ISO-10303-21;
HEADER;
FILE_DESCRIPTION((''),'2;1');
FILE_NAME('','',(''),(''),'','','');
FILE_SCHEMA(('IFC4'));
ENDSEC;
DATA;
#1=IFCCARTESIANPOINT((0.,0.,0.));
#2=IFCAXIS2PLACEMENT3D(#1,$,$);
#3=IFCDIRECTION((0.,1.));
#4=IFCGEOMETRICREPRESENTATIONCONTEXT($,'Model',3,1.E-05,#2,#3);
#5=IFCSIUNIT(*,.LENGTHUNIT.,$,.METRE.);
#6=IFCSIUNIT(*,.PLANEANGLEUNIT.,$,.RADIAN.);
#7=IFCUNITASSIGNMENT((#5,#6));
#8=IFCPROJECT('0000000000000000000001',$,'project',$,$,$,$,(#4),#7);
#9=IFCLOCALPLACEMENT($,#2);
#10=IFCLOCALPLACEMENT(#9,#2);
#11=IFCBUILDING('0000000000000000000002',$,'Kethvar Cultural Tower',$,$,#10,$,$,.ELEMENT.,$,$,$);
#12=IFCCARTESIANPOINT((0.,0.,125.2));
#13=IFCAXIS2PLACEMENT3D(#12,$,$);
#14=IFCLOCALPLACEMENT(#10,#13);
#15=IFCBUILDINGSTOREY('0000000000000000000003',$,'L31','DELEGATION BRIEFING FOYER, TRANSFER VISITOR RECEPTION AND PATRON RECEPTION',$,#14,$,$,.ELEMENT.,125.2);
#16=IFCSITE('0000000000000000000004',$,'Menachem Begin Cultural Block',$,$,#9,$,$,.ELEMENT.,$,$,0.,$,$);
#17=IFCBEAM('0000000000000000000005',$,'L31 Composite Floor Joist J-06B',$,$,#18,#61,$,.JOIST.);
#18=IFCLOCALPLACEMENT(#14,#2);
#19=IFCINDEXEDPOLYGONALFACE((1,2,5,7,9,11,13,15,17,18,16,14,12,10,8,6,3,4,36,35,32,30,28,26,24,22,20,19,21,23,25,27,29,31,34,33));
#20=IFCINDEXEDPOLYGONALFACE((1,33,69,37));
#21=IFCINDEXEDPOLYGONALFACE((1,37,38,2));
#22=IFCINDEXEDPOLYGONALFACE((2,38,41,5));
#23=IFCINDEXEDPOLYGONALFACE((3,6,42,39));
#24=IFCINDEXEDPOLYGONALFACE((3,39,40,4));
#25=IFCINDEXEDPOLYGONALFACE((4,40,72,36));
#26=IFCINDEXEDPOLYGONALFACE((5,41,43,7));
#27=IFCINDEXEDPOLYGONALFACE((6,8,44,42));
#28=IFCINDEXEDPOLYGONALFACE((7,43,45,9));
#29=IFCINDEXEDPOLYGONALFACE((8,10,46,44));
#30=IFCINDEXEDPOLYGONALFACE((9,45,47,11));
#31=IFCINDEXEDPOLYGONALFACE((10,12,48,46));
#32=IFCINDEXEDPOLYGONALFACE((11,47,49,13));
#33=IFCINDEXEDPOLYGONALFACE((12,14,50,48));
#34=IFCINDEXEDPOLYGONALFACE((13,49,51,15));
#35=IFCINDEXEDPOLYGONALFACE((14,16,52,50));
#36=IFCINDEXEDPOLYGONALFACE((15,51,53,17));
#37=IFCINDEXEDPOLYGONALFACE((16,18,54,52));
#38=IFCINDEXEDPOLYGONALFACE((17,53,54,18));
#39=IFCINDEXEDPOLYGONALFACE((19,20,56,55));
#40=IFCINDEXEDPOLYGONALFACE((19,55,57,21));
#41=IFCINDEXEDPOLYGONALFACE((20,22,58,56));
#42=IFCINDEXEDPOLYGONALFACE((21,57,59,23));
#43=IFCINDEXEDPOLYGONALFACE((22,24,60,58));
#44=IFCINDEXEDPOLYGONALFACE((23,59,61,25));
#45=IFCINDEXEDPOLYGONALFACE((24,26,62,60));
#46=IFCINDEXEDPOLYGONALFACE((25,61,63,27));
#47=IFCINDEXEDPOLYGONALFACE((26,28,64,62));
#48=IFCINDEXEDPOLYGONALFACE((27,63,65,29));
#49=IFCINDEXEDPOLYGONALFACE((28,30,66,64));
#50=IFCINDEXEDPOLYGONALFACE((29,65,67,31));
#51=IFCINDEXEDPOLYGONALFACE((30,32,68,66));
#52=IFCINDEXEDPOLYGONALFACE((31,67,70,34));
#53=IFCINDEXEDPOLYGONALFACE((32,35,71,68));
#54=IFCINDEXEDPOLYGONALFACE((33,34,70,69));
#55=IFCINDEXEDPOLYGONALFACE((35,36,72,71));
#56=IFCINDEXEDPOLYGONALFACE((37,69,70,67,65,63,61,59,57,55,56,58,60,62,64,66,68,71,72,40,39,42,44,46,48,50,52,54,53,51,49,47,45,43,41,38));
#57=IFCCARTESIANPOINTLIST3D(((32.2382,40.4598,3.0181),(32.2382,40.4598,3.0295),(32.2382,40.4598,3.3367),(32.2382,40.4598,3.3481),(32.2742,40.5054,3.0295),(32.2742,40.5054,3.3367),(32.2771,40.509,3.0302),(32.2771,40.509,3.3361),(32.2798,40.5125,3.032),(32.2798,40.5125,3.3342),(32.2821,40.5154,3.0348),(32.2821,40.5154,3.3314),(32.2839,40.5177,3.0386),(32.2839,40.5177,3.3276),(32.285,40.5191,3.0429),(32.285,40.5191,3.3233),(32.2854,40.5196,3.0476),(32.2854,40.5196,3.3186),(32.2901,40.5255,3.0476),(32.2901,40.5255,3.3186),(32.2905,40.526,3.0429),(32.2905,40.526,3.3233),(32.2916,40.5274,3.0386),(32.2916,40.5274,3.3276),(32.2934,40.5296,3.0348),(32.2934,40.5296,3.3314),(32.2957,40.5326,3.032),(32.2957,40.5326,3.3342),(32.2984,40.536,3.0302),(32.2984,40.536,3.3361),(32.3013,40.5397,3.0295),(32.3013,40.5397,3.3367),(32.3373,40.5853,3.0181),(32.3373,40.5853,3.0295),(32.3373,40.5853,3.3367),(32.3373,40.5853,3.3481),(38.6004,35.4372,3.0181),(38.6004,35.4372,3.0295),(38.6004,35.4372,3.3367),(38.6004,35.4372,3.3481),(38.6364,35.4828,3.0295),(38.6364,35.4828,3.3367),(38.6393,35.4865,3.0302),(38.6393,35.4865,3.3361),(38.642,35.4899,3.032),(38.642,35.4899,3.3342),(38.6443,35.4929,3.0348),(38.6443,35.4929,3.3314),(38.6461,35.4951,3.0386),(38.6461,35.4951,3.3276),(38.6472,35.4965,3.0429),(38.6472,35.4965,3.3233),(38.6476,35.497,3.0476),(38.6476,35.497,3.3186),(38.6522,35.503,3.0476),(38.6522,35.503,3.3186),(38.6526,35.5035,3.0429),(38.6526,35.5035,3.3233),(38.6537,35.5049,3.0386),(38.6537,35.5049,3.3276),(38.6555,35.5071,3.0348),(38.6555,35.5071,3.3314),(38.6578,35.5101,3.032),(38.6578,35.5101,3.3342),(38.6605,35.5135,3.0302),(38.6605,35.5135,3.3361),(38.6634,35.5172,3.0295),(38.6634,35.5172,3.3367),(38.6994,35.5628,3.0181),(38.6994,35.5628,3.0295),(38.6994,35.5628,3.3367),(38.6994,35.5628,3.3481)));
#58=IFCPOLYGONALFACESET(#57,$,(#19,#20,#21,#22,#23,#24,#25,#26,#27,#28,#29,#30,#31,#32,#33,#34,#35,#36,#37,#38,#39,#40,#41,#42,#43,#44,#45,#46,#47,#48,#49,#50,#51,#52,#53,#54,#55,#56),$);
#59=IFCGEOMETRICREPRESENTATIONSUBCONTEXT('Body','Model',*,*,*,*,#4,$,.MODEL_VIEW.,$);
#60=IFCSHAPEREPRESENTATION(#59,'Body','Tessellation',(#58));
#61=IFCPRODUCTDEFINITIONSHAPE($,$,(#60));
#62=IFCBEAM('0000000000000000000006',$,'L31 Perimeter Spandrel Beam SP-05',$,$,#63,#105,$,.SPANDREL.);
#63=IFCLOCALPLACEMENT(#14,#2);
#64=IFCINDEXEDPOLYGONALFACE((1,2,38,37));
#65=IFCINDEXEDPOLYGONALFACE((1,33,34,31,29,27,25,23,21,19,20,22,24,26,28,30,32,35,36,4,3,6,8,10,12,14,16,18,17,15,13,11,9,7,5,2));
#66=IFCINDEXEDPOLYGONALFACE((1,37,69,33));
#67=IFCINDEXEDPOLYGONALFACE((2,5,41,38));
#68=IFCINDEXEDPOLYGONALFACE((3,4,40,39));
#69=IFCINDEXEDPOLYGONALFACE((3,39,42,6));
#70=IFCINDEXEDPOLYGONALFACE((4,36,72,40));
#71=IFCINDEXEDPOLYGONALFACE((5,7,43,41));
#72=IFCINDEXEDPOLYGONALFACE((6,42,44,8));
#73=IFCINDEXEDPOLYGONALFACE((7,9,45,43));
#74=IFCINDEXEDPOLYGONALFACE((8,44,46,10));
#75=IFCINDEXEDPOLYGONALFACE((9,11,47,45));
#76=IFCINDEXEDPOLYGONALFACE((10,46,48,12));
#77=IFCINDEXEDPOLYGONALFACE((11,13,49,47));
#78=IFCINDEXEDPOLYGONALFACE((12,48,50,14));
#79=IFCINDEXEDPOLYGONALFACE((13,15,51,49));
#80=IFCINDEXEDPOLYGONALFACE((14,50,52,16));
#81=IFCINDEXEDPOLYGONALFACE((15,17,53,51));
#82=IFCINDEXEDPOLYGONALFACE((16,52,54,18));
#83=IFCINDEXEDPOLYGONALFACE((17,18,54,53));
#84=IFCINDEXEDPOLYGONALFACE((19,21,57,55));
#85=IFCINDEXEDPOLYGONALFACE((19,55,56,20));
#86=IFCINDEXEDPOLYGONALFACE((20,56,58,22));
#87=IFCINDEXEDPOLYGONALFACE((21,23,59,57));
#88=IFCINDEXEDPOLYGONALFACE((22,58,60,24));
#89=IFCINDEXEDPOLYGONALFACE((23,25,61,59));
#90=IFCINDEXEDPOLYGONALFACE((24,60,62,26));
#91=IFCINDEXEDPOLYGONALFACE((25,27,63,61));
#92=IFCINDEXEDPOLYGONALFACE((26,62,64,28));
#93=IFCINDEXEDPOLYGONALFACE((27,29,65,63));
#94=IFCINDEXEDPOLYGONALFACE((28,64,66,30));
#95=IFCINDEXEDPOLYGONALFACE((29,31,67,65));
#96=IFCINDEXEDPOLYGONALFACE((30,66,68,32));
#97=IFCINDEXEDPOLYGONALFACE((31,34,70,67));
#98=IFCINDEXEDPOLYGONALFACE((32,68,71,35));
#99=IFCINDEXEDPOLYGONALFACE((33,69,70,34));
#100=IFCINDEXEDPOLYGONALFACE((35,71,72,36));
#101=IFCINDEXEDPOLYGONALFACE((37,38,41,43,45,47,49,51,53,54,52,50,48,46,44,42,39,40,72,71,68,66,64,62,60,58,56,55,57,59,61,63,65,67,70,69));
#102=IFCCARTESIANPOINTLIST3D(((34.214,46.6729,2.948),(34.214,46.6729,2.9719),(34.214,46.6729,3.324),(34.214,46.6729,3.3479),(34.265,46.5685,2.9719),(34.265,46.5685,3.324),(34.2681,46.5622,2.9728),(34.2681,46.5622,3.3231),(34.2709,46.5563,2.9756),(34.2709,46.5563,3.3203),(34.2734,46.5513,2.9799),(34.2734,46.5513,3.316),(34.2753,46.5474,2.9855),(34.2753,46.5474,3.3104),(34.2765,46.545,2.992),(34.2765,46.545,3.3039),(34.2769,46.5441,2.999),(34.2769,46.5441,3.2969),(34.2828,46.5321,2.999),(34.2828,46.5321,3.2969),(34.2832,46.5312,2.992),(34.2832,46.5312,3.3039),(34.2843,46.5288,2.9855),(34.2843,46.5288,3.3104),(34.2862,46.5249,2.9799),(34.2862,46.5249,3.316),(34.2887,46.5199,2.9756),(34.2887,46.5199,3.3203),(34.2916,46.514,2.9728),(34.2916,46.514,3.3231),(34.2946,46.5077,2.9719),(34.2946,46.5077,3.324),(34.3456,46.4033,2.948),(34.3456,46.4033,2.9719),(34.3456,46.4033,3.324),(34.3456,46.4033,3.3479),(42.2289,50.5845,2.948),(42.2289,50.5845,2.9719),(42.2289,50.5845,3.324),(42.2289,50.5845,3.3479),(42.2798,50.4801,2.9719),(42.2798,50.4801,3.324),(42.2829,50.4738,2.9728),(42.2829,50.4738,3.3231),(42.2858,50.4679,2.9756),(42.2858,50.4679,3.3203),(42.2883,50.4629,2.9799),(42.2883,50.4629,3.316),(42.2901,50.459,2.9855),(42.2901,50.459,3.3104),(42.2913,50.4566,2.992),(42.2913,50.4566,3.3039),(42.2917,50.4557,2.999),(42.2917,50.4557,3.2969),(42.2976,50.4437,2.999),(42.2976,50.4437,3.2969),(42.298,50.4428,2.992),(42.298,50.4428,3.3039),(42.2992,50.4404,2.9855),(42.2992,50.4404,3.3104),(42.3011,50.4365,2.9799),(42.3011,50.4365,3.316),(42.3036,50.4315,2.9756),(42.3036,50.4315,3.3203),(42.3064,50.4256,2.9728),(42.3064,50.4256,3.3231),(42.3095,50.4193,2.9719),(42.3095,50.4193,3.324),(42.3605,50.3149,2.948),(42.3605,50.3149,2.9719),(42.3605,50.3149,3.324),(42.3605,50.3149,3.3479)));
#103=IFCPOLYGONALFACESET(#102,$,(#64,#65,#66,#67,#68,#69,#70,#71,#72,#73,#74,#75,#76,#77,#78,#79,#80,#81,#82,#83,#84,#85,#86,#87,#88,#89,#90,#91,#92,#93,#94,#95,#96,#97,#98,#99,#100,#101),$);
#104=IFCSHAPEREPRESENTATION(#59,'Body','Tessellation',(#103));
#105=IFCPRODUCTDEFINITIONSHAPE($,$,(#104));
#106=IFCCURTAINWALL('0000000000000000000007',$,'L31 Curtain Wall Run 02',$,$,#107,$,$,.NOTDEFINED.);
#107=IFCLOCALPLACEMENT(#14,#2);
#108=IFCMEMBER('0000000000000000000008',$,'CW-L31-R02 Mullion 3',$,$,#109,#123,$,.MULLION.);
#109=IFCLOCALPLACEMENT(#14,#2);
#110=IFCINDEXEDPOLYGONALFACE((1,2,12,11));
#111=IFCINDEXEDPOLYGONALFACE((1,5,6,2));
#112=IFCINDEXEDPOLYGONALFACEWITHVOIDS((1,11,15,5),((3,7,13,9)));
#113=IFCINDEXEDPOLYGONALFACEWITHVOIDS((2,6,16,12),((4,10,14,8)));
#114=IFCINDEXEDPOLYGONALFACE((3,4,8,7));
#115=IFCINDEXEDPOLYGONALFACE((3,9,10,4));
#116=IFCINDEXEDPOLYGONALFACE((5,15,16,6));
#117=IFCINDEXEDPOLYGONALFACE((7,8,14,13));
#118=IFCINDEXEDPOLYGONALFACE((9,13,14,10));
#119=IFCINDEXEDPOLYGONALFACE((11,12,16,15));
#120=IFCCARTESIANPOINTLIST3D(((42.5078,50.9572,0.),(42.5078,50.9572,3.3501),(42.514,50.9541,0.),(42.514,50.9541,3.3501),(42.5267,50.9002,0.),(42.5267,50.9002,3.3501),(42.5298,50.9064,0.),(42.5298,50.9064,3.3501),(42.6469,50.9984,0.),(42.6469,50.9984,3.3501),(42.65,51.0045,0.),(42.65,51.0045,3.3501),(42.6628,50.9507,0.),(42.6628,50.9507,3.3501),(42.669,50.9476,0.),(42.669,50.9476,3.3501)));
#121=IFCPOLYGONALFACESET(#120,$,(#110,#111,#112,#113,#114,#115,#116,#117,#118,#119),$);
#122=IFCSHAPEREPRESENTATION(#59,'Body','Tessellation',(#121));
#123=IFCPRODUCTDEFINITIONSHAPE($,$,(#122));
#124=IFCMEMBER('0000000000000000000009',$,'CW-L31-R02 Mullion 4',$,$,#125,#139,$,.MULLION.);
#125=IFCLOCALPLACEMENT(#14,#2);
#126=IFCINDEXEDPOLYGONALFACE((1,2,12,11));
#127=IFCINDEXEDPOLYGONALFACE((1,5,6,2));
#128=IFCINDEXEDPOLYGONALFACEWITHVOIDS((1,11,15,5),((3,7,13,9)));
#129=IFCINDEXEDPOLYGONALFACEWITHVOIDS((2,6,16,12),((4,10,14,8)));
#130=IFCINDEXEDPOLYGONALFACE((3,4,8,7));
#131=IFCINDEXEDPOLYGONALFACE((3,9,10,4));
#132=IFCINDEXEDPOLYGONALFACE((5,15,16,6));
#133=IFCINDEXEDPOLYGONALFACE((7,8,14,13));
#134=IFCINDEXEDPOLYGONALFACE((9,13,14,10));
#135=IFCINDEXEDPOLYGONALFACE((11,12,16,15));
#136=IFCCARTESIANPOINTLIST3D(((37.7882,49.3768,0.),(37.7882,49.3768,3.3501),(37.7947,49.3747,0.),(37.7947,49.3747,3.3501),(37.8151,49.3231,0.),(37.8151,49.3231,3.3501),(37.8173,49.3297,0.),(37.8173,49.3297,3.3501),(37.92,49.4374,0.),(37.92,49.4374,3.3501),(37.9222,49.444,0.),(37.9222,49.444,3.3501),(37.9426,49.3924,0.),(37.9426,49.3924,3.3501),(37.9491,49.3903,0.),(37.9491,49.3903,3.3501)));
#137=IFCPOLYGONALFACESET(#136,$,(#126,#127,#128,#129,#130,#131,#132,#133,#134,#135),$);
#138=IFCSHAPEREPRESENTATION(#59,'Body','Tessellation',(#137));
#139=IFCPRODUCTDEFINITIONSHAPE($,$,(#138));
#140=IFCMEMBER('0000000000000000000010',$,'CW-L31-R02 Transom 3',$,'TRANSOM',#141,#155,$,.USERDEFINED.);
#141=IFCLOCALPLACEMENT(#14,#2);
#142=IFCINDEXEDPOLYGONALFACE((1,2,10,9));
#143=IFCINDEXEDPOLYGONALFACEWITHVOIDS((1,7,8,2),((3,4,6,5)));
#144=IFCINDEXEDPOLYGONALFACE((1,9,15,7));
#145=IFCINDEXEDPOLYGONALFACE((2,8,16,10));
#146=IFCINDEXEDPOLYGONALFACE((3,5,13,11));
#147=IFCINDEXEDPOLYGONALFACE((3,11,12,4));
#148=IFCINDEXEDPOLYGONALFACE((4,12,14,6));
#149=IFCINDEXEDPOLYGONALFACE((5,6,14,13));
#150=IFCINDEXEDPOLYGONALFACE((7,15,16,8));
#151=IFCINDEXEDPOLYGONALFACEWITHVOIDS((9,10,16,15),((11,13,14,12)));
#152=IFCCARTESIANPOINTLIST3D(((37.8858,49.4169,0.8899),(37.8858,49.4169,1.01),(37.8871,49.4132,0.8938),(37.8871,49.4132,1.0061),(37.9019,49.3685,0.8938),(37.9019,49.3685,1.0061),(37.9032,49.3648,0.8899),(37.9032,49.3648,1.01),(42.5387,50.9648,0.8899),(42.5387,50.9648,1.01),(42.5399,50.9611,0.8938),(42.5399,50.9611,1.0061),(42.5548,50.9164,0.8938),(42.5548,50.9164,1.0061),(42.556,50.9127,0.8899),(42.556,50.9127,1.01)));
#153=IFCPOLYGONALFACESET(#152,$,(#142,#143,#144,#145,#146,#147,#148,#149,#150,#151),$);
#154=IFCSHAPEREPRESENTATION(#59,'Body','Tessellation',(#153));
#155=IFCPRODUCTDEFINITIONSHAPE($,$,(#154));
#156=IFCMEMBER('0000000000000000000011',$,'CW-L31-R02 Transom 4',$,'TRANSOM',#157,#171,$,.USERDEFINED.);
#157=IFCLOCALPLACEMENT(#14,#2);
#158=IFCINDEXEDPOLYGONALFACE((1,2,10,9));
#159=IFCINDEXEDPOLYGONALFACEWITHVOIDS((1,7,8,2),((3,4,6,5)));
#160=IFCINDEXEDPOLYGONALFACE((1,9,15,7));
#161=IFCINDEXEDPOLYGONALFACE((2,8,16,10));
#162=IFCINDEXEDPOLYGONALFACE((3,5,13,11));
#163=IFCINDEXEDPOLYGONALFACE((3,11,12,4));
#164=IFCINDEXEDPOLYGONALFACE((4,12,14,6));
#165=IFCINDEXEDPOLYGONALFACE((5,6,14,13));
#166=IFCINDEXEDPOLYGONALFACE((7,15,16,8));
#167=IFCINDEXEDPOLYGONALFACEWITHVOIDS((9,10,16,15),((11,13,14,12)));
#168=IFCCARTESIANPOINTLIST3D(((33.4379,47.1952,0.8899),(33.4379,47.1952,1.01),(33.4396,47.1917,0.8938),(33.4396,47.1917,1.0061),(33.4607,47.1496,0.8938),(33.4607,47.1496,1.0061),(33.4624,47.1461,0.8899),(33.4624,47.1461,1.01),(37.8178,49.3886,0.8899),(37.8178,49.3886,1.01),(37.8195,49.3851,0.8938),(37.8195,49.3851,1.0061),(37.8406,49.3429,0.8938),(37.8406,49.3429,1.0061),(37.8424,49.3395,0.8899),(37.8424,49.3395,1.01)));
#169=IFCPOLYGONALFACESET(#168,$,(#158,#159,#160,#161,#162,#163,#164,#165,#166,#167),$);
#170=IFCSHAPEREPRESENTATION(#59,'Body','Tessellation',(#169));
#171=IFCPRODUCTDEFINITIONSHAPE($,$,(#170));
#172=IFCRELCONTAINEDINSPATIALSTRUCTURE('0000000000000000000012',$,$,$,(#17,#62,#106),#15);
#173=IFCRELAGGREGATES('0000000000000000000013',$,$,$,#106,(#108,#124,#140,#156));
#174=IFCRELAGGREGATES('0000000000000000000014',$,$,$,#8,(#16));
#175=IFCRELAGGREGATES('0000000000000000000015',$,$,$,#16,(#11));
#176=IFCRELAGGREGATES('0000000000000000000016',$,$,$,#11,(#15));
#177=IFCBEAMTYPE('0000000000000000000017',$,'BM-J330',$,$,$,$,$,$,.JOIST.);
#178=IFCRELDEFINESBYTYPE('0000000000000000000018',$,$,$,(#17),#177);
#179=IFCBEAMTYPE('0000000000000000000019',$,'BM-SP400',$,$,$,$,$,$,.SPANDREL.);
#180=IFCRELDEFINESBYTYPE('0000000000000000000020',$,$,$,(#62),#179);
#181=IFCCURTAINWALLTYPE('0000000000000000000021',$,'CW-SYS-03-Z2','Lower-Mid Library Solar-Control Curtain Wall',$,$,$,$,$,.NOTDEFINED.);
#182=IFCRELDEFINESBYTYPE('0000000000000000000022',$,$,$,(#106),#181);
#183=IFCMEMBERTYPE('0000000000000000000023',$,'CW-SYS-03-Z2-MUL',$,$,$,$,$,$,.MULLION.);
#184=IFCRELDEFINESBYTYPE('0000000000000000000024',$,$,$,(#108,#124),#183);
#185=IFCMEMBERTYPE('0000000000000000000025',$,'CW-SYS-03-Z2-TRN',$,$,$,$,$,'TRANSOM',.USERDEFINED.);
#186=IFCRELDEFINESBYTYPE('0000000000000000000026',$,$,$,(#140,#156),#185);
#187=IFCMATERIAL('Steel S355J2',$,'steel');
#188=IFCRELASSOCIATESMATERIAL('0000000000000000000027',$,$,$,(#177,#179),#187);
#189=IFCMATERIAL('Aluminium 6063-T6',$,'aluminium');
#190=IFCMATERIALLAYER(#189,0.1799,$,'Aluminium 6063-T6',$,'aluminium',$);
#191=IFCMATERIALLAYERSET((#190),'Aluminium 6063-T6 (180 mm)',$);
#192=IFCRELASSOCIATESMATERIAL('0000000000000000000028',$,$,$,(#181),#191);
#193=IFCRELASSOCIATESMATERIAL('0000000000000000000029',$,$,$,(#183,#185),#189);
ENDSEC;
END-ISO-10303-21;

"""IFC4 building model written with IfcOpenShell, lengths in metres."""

from ifc_helpers import new_model, si_unit, direction, frame, origin, origin_2d, place, context, subcontext, project, spatial, hollow_rectangle, i_section, extrude, source, transform, mapped, material, layer, layer_set, material_profile, profile_set, type_object, element, aggregate, save


model = new_model("IFC4")

# Units and contexts
model_context = context("Model", 3, precision=1e-05, world=origin(), true_north=direction((0.0, 1.0)))
body_context = subcontext(model_context, "Body", "Model", "MODEL_VIEW")
ifc_project = project(units=[si_unit("LENGTHUNIT", "METRE"), si_unit("PLANEANGLEUNIT", "RADIAN")], contexts=[model_context])

# Site, building, storey
site_placement = place(None, origin())
site = spatial("IfcSite", under=ifc_project, at=site_placement, Name="Menachem Begin Cultural Block", CompositionType="ELEMENT", RefElevation=0.0)
building_placement = place(site_placement, origin())
building = spatial("IfcBuilding", under=site, at=building_placement, Name="Kethvar Cultural Tower", CompositionType="ELEMENT")
storey_placement = place(building_placement, frame((0.0, 0.0, 125.2)))
storey = spatial("IfcBuildingStorey", under=building, at=storey_placement, Name="L31", Description="DELEGATION BRIEFING FOYER, TRANSFER VISITOR RECEPTION AND PATRON RECEPTION", CompositionType="ELEMENT", Elevation=125.2)

# Beams
ifc_material_1 = material(Name="Steel S355J2", Category="steel")
ifc_material_profile_1 = material_profile(ifc_material_1, i_section(OverallWidth=0.1599, OverallDepth=0.3301, WebThickness=0.0076, FlangeThickness=0.0115, FilletRadius=0.0181, at=origin_2d()), Name="Steel S355J2 — IPE330")
ifc_profile_set_1 = profile_set([ifc_material_profile_1], Name="Steel S355J2 — IPE330")
beam_type_1 = type_object("IfcBeamType", Name="BM-J330", PredefinedType="JOIST", material=ifc_profile_set_1)
shared_shape_1 = source(origin(), body_context, "Body", "SweptSolid", [
    extrude(i_section(OverallWidth=0.1599, OverallDepth=0.3301, WebThickness=0.0076, FlangeThickness=0.0115, FilletRadius=0.0181, at=origin_2d()), origin(), (0.0, 0.0, 1.0), 8.1057),
])
beam_1_placement = place(storey_placement, frame((38.6499, 35.5, 3.1831), z_axis=(-0.784896, 0.619628, 0.0), x_axis=(-0.619628, -0.784896, 0.0)))
element("IfcBeam", 1, at=beam_1_placement, inside=storey, type_object=beam_type_1, Name="L31 Composite Floor Joist J-06B", PredefinedType="JOIST", context=body_context, shape_type="MappedRepresentation", body=[
    mapped(shared_shape_1, transform((0.0, 0.0, 0.0), scale=1.0)),
])
ifc_material_profile_2 = material_profile(ifc_material_1, i_section(OverallWidth=0.3, OverallDepth=0.3999, WebThickness=0.0134, FlangeThickness=0.0239, FilletRadius=0.0271, at=origin_2d()), Name="Steel S355J2 — HEB400")
ifc_profile_set_2 = profile_set([ifc_material_profile_2], Name="Steel S355J2 — HEB400")
beam_type_2 = type_object("IfcBeamType", Name="BM-SP400", PredefinedType="SPANDREL", material=ifc_profile_set_2)
shared_shape_2 = source(origin(), body_context, "Body", "SweptSolid", [
    extrude(i_section(OverallWidth=0.3, OverallDepth=0.3999, WebThickness=0.0134, FlangeThickness=0.0239, FilletRadius=0.0271, at=origin_2d()), origin(), (0.0, 0.0, 1.0), 8.9185),
])
beam_2_placement = place(storey_placement, frame((42.2947, 50.4497, 3.1479), z_axis=(-0.898684, -0.438597, 0.0), x_axis=(0.438597, -0.898684, 0.0)))
element("IfcBeam", 2, at=beam_2_placement, inside=storey, type_object=beam_type_2, Name="L31 Perimeter Spandrel Beam SP-05", PredefinedType="SPANDREL", context=body_context, shape_type="MappedRepresentation", body=[
    mapped(shared_shape_2, transform((0.0, 0.0, 0.0), scale=1.0)),
])

# Curtain wall, members
ifc_material_2 = material(Name="Aluminium 6063-T6", Category="aluminium")
ifc_layer_1 = layer(ifc_material_2, 0.1799, Name="Aluminium 6063-T6", Category="aluminium")
ifc_layer_set_1 = layer_set([ifc_layer_1], Name="Aluminium 6063-T6 (180 mm)")
curtain_wall_type = type_object("IfcCurtainWallType", Name="CW-SYS-03-Z2", Description="Lower-Mid Library Solar-Control Curtain Wall", PredefinedType="NOTDEFINED", material=ifc_layer_set_1)
curtain_wall_placement = place(storey_placement, origin())
curtain_wall = element("IfcCurtainWall", 3, at=curtain_wall_placement, inside=storey, type_object=curtain_wall_type, Name="L31 Curtain Wall Run 02", PredefinedType="NOTDEFINED")
ifc_material_profile_3 = material_profile(ifc_material_2, hollow_rectangle(XDim=0.0601, YDim=0.1499, WallThickness=0.0049, at=origin_2d()), Name="Aluminium 6063-T6 — RHS150x60x5")
ifc_profile_set_3 = profile_set([ifc_material_profile_3], Name="Aluminium 6063-T6 — RHS150x60x5")
member_type_1 = type_object("IfcMemberType", Name="CW-SYS-03-Z2-MUL", PredefinedType="MULLION", material=ifc_profile_set_3)
shared_shape_3 = source(origin(), body_context, "Body", "SweptSolid", [
    extrude(hollow_rectangle(XDim=0.0601, YDim=0.1499, WallThickness=0.0049, at=origin_2d()), origin(), (0.0, 0.0, 1.0), 3.3501),
])
member_1_placement = place(storey_placement, frame((42.5884, 50.9524, 0.0), z_axis=(0.0, 0.0, 1.0), x_axis=(0.315682, -0.948865, 0.0)))
member_1 = element("IfcMember", 4, at=member_1_placement, type_object=member_type_1, Name="CW-L31-R02 Mullion 3", PredefinedType="MULLION", context=body_context, shape_type="MappedRepresentation", body=[
    mapped(shared_shape_3, transform((0.0, 0.0, 0.0), scale=1.0)),
])
member_2_placement = place(storey_placement, frame((37.8687, 49.3835, 0.0), z_axis=(0.0, 0.0, 1.0), x_axis=(0.44779, -0.894139, 0.0)))
member_2 = element("IfcMember", 5, at=member_2_placement, type_object=member_type_1, Name="CW-L31-R02 Mullion 4", PredefinedType="MULLION", context=body_context, shape_type="MappedRepresentation", body=[
    mapped(shared_shape_3, transform((0.0, 0.0, 0.0), scale=1.0)),
])
ifc_material_profile_4 = material_profile(ifc_material_2, hollow_rectangle(XDim=0.0549, YDim=0.1201, WallThickness=0.0039, at=origin_2d()), Name="Aluminium 6063-T6 — RHS120x55x4")
ifc_profile_set_4 = profile_set([ifc_material_profile_4], Name="Aluminium 6063-T6 — RHS120x55x4")
member_type_2 = type_object("IfcMemberType", Name="CW-SYS-03-Z2-TRN", ElementType="TRANSOM", PredefinedType="USERDEFINED", material=ifc_profile_set_4)
shared_shape_4 = source(origin(), body_context, "Body", "SweptSolid", [
    extrude(hollow_rectangle(XDim=0.0549, YDim=0.1201, WallThickness=0.0039, at=origin_2d()), origin(), (0.0, 0.0, 1.0), 4.9036),
])
member_3_placement = place(storey_placement, frame((42.5474, 50.9387, 0.95), z_axis=(-0.948872, -0.31566, 0.0), x_axis=(0.31566, -0.948872, 0.0)))
member_3 = element("IfcMember", 6, at=member_3_placement, type_object=member_type_2, Name="CW-L31-R02 Transom 3", ObjectType="TRANSOM", PredefinedType="USERDEFINED", context=body_context, shape_type="MappedRepresentation", body=[
    mapped(shared_shape_4, transform((0.0, 0.0, 0.0), scale=1.0)),
])
shared_shape_5 = source(origin(), body_context, "Body", "SweptSolid", [
    extrude(hollow_rectangle(XDim=0.0549, YDim=0.1201, WallThickness=0.0039, at=origin_2d()), origin(), (0.0, 0.0, 1.0), 4.8984),
])
member_4_placement = place(storey_placement, frame((37.8301, 49.364, 0.95), z_axis=(-0.894148, -0.447772, 0.0), x_axis=(0.447772, -0.894148, 0.0)))
member_4 = element("IfcMember", 7, at=member_4_placement, type_object=member_type_2, Name="CW-L31-R02 Transom 4", ObjectType="TRANSOM", PredefinedType="USERDEFINED", context=body_context, shape_type="MappedRepresentation", body=[
    mapped(shared_shape_5, transform((0.0, 0.0, 0.0), scale=1.0)),
])
aggregate(curtain_wall, [member_1, member_2, member_3, member_4])

save(model, "model.ifc")
